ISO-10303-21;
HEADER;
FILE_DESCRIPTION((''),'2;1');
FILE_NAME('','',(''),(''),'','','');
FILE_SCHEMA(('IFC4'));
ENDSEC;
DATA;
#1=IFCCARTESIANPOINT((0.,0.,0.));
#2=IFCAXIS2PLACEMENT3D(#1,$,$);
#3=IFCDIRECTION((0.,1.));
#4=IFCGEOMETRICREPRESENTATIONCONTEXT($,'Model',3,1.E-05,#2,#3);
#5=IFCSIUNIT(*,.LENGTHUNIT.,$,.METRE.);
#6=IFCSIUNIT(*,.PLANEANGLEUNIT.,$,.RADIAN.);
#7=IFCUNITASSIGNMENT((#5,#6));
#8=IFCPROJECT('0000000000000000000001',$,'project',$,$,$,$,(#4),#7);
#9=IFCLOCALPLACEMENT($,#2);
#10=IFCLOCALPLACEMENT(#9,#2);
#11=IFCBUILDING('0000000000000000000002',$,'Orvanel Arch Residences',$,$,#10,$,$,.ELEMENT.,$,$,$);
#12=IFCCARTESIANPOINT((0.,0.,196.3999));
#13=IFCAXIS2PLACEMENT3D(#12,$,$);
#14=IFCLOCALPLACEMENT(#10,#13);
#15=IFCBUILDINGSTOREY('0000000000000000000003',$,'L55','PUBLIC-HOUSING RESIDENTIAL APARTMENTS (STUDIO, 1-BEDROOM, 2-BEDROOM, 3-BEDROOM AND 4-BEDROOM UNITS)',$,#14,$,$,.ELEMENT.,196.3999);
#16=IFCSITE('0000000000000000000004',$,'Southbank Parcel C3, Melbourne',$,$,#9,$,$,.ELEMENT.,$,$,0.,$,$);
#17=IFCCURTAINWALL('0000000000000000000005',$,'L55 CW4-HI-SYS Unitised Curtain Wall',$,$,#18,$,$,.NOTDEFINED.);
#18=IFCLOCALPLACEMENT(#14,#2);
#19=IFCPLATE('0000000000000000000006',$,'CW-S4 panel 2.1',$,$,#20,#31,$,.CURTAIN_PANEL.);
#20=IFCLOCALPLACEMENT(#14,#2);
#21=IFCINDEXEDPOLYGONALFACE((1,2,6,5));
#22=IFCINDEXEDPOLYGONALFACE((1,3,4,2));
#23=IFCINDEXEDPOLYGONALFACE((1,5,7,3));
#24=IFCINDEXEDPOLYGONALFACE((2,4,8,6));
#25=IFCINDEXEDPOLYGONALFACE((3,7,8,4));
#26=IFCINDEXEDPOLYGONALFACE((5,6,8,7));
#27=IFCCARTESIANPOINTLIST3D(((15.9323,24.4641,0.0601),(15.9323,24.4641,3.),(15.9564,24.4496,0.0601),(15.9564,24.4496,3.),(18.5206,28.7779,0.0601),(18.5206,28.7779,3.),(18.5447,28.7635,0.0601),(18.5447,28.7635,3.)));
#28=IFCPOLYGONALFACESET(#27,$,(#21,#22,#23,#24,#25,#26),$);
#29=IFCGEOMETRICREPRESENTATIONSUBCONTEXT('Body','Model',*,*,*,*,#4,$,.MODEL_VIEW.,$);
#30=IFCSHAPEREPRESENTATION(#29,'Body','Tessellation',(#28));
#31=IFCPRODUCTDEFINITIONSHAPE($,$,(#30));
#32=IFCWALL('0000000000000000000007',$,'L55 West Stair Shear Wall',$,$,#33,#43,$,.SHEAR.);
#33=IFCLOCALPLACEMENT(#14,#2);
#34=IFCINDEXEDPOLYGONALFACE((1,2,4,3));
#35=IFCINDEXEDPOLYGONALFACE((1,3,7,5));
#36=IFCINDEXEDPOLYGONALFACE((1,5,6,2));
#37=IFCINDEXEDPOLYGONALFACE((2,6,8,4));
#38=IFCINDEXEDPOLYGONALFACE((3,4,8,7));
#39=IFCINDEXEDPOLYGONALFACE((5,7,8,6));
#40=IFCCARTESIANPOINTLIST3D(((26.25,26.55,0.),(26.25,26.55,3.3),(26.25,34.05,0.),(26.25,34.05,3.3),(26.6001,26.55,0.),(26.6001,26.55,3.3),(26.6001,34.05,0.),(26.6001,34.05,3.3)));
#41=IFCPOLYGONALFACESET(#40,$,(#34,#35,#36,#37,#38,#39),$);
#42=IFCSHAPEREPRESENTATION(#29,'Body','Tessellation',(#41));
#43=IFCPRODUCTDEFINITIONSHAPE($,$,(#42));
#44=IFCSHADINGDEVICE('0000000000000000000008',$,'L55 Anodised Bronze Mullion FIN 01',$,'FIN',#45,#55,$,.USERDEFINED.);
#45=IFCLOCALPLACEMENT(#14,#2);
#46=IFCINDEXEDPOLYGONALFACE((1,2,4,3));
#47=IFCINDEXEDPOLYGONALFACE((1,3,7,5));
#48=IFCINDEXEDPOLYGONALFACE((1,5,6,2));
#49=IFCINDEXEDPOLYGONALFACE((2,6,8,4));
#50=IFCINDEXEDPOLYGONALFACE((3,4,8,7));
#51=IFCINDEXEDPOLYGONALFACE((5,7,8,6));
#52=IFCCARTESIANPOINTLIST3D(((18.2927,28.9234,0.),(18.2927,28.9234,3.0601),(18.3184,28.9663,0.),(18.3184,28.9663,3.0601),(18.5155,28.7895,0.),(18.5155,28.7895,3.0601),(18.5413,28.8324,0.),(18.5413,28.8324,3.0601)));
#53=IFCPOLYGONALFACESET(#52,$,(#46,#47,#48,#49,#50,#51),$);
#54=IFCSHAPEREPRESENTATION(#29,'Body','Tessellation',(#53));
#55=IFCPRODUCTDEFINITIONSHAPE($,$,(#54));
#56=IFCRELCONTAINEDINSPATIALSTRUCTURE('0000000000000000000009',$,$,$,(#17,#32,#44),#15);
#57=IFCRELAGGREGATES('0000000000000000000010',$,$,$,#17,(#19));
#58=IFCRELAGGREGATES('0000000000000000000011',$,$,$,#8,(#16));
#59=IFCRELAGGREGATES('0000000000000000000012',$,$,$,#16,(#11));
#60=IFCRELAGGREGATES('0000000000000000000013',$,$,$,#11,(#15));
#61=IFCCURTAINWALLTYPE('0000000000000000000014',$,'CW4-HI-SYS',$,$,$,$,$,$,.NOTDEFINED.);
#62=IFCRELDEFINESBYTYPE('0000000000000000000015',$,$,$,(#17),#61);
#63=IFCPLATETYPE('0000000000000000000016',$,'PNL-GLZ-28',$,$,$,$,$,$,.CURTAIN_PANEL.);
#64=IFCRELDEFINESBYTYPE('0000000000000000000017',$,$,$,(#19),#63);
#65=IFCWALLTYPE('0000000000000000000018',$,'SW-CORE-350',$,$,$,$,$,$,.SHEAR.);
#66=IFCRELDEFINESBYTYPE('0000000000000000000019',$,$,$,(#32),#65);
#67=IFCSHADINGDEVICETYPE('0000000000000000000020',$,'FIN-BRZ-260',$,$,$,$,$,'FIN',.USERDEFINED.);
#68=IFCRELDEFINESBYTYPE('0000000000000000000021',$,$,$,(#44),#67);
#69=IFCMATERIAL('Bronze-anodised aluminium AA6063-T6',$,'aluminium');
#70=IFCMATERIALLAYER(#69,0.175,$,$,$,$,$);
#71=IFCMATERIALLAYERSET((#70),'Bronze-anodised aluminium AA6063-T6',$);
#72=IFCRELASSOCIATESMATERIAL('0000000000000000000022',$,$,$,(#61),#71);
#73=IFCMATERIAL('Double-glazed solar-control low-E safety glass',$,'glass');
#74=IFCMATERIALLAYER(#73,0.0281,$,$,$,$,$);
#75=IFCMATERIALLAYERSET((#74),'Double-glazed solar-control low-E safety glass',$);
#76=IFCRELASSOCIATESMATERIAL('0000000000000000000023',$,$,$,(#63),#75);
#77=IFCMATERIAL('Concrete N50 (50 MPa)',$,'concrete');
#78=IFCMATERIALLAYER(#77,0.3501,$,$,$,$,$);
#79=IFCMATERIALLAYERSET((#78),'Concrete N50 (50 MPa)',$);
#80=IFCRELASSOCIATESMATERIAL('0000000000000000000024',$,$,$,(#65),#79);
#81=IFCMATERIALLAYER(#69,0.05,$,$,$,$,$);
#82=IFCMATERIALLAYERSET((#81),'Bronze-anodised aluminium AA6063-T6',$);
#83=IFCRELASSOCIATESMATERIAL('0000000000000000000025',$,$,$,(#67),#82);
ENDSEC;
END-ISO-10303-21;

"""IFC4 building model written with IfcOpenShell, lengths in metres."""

from ifc_helpers import new_model, si_unit, direction, frame, frame_2d, origin, origin_2d, place, context, subcontext, project, spatial, rectangle, extrude, material, layer, layer_set, type_object, element, aggregate, save


model = new_model("IFC4")

# Units and contexts
model_context = context("Model", 3, precision=1e-05, world=origin(), true_north=direction((0.0, 1.0)))
body_context = subcontext(model_context, "Body", "Model", "MODEL_VIEW")
ifc_project = project(units=[si_unit("LENGTHUNIT", "METRE"), si_unit("PLANEANGLEUNIT", "RADIAN")], contexts=[model_context])

# Site, building, storey
site_placement = place(None, origin())
site = spatial("IfcSite", under=ifc_project, at=site_placement, Name="Southbank Parcel C3, Melbourne", CompositionType="ELEMENT", RefElevation=0.0)
building_placement = place(site_placement, origin())
building = spatial("IfcBuilding", under=site, at=building_placement, Name="Orvanel Arch Residences", CompositionType="ELEMENT")
storey_placement = place(building_placement, frame((0.0, 0.0, 196.3999)))
storey = spatial("IfcBuildingStorey", under=building, at=storey_placement, Name="L55", Description="PUBLIC-HOUSING RESIDENTIAL APARTMENTS (STUDIO, 1-BEDROOM, 2-BEDROOM, 3-BEDROOM AND 4-BEDROOM UNITS)", CompositionType="ELEMENT", Elevation=196.3999)

# Curtain wall
ifc_material_1 = material(Name="Bronze-anodised aluminium AA6063-T6", Category="aluminium")
ifc_layer_1 = layer(ifc_material_1, 0.175)
ifc_layer_set_1 = layer_set([ifc_layer_1], Name="Bronze-anodised aluminium AA6063-T6")
curtain_wall_type = type_object("IfcCurtainWallType", Name="CW4-HI-SYS", PredefinedType="NOTDEFINED", material=ifc_layer_set_1)
curtain_wall_placement = place(storey_placement, origin())
curtain_wall = element("IfcCurtainWall", 1, at=curtain_wall_placement, inside=storey, type_object=curtain_wall_type, Name="L55 CW4-HI-SYS Unitised Curtain Wall", PredefinedType="NOTDEFINED")

# Plate
ifc_material_2 = material(Name="Double-glazed solar-control low-E safety glass", Category="glass")
ifc_layer_2 = layer(ifc_material_2, 0.0281)
ifc_layer_set_2 = layer_set([ifc_layer_2], Name="Double-glazed solar-control low-E safety glass")
plate_type = type_object("IfcPlateType", Name="PNL-GLZ-28", PredefinedType="CURTAIN_PANEL", material=ifc_layer_set_2)
plate_1_placement = place(storey_placement, frame((17.2385, 26.6138, 0.0601), z_axis=(0.0, 0.0, 1.0), x_axis=(-0.514496, -0.857493, 0.0)))
plate_1 = element("IfcPlate", 2, at=plate_1_placement, type_object=plate_type, Name="CW-S4 panel 2.1", PredefinedType="CURTAIN_PANEL", context=body_context, shape_type="SweptSolid", body=[
    extrude(rectangle(XDim=5.0308, YDim=0.0281, at=origin_2d()), origin(), (0.0, 0.0, 1.0), 2.9399),
])
aggregate(curtain_wall, [plate_1])

# Shared definitions
ifc_material_3 = material(Name="Concrete N50 (50 MPa)", Category="concrete")
ifc_layer_3 = layer(ifc_material_3, 0.3501)
ifc_layer_set_3 = layer_set([ifc_layer_3], Name="Concrete N50 (50 MPa)")
wall_type = type_object("IfcWallType", Name="SW-CORE-350", PredefinedType="SHEAR", material=ifc_layer_set_3)

# Wall
wall_1_placement = place(storey_placement, frame((26.425, 26.55, 0.0), z_axis=(0.0, 0.0, 1.0), x_axis=(0.0, 1.0, 0.0)))
element("IfcWall", 3, at=wall_1_placement, inside=storey, type_object=wall_type, Name="L55 West Stair Shear Wall", PredefinedType="SHEAR", context=body_context, shape_type="SweptSolid", body=[
    extrude(rectangle(XDim=7.5, YDim=0.3501, at=frame_2d((3.75, 0.0))), origin(), (0.0, 0.0, 1.0), 3.3),
])

# Shading device
ifc_layer_4 = layer(ifc_material_1, 0.05)
ifc_layer_set_4 = layer_set([ifc_layer_4], Name="Bronze-anodised aluminium AA6063-T6")
shading_device_type = type_object("IfcShadingDeviceType", Name="FIN-BRZ-260", ElementType="FIN", PredefinedType="USERDEFINED", material=ifc_layer_set_4)
shading_device_placement = place(storey_placement, frame((18.417, 28.8779, 0.0), z_axis=(0.0, 0.0, 1.0), x_axis=(-0.857167, 0.515038, 0.0)))
element("IfcShadingDevice", 4, at=shading_device_placement, inside=storey, type_object=shading_device_type, Name="L55 Anodised Bronze Mullion FIN 01", ObjectType="FIN", PredefinedType="USERDEFINED", context=body_context, shape_type="SweptSolid", body=[
    extrude(rectangle(XDim=0.26, YDim=0.05, at=origin_2d()), origin(), (0.0, 0.0, 1.0), 3.0601),
])

save(model, "model.ifc")
